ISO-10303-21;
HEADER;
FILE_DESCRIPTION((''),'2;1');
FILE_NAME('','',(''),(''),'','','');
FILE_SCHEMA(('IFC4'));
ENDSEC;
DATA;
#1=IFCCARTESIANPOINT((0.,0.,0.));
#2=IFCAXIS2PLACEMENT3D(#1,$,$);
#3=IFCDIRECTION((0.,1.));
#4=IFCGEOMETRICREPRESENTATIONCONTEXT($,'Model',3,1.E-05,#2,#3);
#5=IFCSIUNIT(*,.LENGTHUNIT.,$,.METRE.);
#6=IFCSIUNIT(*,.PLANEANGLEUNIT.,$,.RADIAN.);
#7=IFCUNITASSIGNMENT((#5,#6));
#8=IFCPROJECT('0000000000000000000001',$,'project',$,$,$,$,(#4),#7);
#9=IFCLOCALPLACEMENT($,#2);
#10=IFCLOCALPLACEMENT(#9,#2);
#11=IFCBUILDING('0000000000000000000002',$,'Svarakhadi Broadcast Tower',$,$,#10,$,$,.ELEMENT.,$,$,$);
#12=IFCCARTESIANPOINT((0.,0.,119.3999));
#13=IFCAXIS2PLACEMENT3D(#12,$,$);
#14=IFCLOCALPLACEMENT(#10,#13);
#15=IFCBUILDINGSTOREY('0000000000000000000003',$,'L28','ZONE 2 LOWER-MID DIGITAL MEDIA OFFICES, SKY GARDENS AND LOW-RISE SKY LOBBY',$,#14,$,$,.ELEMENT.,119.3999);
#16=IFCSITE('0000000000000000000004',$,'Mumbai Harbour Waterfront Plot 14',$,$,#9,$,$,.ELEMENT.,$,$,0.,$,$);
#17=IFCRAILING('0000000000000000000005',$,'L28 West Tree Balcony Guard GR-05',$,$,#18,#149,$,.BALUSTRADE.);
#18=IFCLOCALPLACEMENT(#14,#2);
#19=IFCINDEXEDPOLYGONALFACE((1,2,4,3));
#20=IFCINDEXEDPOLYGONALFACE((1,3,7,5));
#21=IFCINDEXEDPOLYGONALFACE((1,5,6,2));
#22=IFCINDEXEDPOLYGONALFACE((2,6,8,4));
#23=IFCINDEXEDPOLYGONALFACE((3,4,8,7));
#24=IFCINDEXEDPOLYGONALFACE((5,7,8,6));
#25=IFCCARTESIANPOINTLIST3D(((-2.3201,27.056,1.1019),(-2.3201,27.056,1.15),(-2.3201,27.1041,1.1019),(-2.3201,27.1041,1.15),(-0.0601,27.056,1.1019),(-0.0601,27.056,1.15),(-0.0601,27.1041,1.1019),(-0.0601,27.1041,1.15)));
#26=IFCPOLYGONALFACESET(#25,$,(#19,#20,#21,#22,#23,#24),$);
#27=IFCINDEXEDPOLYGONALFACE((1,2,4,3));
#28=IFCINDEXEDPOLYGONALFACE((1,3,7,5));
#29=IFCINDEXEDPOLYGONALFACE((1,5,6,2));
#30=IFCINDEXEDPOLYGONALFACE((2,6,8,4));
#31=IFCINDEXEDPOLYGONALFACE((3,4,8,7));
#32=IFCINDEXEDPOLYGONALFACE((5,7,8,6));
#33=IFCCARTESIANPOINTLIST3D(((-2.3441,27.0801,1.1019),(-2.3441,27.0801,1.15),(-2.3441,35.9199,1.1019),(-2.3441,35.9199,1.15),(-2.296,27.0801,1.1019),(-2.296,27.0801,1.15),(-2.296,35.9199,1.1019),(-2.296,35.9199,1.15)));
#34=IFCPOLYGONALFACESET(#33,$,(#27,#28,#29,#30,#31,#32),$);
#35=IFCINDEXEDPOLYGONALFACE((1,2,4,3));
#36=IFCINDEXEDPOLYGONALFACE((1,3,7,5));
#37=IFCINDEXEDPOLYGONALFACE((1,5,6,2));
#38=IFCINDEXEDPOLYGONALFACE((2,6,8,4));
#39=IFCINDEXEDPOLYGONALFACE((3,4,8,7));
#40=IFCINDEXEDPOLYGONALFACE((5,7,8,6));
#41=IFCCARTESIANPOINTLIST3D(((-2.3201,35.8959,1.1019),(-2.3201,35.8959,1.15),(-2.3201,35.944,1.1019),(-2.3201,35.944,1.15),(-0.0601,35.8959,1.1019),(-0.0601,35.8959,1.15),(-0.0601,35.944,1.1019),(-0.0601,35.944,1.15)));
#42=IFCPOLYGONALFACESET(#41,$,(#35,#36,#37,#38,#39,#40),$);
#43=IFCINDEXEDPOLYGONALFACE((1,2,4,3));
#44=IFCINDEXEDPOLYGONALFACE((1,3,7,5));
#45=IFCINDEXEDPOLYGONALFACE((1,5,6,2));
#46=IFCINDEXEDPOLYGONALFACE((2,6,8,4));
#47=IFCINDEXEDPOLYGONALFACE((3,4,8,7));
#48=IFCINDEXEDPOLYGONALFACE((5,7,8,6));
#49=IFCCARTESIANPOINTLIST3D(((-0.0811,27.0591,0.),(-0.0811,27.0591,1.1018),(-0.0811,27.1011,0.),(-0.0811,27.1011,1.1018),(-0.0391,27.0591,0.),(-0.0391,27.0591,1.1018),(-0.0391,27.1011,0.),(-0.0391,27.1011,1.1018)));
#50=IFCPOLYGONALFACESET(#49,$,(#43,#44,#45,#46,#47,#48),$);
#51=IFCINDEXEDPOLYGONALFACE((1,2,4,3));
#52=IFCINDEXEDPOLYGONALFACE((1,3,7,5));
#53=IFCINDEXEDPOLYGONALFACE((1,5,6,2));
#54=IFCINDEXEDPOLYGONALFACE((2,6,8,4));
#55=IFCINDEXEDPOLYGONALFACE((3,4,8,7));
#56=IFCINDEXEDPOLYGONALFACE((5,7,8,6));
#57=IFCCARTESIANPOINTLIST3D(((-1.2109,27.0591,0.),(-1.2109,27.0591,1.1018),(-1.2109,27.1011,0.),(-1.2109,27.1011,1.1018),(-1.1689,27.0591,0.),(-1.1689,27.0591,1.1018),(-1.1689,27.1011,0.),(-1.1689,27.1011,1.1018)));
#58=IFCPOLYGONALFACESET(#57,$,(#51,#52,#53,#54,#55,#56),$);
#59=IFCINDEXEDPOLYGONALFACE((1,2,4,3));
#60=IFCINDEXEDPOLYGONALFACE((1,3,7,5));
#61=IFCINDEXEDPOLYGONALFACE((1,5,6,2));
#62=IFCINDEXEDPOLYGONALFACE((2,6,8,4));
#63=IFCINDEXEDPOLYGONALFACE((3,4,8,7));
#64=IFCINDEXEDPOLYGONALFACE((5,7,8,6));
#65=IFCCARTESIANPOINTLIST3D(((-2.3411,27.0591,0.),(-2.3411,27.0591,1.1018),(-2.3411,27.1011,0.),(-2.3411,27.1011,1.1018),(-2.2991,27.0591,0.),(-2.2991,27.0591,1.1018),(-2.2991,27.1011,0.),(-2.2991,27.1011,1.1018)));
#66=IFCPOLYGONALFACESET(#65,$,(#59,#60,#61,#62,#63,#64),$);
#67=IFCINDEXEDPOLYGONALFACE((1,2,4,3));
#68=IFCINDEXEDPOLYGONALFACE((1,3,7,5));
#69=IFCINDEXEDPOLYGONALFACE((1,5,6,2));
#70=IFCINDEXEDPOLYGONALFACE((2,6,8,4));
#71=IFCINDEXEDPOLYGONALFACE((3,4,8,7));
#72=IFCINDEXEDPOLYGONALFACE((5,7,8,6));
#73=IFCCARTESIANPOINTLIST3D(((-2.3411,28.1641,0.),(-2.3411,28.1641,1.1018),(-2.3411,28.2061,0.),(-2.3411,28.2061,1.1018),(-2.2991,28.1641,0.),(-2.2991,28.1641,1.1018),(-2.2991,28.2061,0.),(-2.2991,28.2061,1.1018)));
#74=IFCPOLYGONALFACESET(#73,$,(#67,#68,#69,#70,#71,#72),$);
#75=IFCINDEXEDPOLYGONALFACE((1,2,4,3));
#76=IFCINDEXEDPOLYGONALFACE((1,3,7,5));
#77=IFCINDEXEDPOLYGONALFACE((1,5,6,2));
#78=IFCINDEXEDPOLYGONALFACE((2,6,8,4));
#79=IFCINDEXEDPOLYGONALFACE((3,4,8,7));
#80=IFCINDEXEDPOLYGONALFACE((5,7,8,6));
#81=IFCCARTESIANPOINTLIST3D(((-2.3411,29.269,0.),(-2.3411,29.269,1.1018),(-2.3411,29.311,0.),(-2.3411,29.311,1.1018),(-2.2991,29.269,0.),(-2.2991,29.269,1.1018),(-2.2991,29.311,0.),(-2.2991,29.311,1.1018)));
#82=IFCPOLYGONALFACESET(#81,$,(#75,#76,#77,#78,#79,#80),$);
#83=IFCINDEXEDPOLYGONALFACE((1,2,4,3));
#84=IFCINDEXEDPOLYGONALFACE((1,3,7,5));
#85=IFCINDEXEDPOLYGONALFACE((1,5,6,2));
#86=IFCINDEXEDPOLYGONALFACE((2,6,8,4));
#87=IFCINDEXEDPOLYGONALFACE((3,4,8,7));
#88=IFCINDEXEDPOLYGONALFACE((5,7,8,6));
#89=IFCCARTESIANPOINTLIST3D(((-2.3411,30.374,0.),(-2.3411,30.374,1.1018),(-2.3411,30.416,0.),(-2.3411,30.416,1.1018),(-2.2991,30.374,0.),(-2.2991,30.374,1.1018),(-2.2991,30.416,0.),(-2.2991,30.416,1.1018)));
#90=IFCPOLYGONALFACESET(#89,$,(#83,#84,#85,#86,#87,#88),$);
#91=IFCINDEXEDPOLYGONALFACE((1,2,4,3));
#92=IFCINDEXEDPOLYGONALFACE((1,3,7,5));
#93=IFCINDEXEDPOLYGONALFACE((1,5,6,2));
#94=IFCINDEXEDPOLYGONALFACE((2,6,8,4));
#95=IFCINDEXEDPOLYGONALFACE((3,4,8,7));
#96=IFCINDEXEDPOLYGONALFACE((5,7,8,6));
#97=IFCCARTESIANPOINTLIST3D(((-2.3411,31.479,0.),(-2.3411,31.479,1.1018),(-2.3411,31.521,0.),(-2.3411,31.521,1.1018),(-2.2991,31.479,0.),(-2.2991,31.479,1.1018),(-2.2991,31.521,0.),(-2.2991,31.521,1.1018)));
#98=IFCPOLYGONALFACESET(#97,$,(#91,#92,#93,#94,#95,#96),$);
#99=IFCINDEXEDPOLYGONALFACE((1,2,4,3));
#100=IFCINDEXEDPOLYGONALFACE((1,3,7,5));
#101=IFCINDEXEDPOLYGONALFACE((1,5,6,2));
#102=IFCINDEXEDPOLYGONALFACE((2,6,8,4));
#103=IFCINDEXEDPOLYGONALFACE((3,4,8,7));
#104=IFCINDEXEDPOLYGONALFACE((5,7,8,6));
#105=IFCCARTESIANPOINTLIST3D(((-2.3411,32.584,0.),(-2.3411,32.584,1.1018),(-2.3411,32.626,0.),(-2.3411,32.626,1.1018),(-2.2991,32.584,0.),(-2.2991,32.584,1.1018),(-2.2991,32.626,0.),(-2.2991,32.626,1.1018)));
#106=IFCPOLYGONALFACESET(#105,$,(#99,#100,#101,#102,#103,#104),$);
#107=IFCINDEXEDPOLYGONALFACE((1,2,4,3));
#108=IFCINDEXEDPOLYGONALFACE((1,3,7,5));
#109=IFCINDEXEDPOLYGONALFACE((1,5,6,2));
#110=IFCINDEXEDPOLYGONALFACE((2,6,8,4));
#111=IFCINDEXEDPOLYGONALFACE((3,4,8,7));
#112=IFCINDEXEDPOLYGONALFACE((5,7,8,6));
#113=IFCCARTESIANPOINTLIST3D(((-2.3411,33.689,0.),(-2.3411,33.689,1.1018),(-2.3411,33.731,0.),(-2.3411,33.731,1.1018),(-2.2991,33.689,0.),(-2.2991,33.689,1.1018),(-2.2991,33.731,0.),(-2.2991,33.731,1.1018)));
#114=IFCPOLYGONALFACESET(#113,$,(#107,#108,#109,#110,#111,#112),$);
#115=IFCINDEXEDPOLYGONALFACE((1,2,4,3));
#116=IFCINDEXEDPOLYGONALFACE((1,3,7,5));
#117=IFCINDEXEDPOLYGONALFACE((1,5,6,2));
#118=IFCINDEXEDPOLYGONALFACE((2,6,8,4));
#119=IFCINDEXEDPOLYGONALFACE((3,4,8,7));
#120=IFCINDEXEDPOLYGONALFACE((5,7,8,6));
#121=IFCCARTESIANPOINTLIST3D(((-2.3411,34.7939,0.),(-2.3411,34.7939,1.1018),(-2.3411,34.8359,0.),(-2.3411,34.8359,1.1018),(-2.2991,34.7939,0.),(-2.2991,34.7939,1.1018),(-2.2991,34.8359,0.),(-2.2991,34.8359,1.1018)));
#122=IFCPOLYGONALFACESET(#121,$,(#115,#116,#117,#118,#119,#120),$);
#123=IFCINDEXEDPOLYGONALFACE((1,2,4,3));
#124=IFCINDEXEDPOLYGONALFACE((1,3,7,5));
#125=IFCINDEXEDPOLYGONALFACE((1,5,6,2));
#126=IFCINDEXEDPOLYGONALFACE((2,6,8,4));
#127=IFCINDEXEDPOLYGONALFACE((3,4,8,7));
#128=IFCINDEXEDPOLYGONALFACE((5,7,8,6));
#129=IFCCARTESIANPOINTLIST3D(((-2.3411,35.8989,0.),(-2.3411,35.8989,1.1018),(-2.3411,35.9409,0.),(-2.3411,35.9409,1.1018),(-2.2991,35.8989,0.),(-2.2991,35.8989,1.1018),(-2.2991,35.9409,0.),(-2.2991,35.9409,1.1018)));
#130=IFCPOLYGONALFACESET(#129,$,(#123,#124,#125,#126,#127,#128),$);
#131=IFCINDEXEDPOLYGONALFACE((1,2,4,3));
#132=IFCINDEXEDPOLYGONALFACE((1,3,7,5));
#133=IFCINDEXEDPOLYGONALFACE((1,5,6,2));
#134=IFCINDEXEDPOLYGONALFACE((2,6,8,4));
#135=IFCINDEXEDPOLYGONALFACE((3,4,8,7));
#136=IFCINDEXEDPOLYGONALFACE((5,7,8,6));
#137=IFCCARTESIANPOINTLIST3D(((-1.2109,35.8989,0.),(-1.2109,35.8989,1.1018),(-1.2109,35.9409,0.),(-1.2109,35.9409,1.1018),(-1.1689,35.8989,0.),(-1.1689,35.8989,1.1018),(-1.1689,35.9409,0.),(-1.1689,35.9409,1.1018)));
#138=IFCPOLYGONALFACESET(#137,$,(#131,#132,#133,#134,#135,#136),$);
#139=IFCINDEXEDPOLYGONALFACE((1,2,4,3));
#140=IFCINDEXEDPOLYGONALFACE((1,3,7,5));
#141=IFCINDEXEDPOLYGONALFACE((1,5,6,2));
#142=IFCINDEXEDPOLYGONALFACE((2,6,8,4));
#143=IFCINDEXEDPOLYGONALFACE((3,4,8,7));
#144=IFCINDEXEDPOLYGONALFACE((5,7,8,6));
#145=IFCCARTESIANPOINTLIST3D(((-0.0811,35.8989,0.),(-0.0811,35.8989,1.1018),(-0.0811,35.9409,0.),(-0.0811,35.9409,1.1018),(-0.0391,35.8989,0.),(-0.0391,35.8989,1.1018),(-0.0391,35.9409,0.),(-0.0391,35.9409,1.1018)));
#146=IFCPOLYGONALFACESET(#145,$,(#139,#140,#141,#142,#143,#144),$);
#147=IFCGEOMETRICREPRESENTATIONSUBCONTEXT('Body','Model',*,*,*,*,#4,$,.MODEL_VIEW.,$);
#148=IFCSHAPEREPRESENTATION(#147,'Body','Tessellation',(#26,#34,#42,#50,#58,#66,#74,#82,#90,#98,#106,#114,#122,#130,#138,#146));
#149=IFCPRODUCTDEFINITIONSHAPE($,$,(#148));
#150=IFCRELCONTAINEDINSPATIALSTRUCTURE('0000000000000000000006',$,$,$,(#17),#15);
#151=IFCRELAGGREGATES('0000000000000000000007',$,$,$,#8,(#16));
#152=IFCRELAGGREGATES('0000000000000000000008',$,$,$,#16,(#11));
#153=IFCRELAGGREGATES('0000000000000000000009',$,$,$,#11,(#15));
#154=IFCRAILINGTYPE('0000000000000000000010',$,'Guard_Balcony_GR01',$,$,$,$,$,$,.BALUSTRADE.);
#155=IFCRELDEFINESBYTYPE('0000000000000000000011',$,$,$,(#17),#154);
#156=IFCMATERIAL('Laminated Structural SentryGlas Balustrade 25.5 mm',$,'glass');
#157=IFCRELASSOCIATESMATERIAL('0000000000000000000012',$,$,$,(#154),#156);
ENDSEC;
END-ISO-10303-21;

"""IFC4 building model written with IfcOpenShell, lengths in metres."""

from ifc_helpers import new_model, si_unit, direction, frame, origin, origin_2d, place, context, subcontext, project, spatial, rectangle, extrude, material, type_object, element, save


model = new_model("IFC4")

# Units and contexts
model_context = context("Model", 3, precision=1e-05, world=origin(), true_north=direction((0.0, 1.0)))
body_context = subcontext(model_context, "Body", "Model", "MODEL_VIEW")
ifc_project = project(units=[si_unit("LENGTHUNIT", "METRE"), si_unit("PLANEANGLEUNIT", "RADIAN")], contexts=[model_context])

# Site, building, storey
site_placement = place(None, origin())
site = spatial("IfcSite", under=ifc_project, at=site_placement, Name="Mumbai Harbour Waterfront Plot 14", CompositionType="ELEMENT", RefElevation=0.0)
building_placement = place(site_placement, origin())
building = spatial("IfcBuilding", under=site, at=building_placement, Name="Svarakhadi Broadcast Tower", CompositionType="ELEMENT")
storey_placement = place(building_placement, frame((0.0, 0.0, 119.3999)))
storey = spatial("IfcBuildingStorey", under=building, at=storey_placement, Name="L28", Description="ZONE 2 LOWER-MID DIGITAL MEDIA OFFICES, SKY GARDENS AND LOW-RISE SKY LOBBY", CompositionType="ELEMENT", Elevation=119.3999)

# Railing
ifc_material_1 = material(Name="Laminated Structural SentryGlas Balustrade 25.5 mm", Category="glass")
railing_type = type_object("IfcRailingType", Name="Guard_Balcony_GR01", PredefinedType="BALUSTRADE", material=ifc_material_1)
railing_placement = place(storey_placement, frame((-0.0601, 27.0801, 0.0)))
element("IfcRailing", 1, at=railing_placement, inside=storey, type_object=railing_type, Name="L28 West Tree Balcony Guard GR-05", PredefinedType="BALUSTRADE", context=body_context, shape_type="SweptSolid", body=[
    extrude(rectangle(XDim=0.0481, YDim=0.0481, at=origin_2d()), frame((0.0, 0.0, 1.126), z_axis=(-1.0, 0.0, 0.0), x_axis=(0.0, -1.0, 0.0)), (0.0, 0.0, 1.0), 2.26),
    extrude(rectangle(XDim=0.0481, YDim=0.0481, at=origin_2d()), frame((-2.26, 0.0, 1.126), z_axis=(0.0, 1.0, 0.0), x_axis=(-1.0, 0.0, 0.0)), (0.0, 0.0, 1.0), 8.8398),
    extrude(rectangle(XDim=0.0481, YDim=0.0481, at=origin_2d()), frame((-2.26, 8.8398, 1.126), z_axis=(1.0, 0.0, 0.0), x_axis=(0.0, 1.0, 0.0)), (0.0, 0.0, 1.0), 2.26),
    extrude(rectangle(XDim=0.042, YDim=0.042, at=origin_2d()), origin(), (0.0, 0.0, 1.0), 1.1018),
    extrude(rectangle(XDim=0.042, YDim=0.042, at=origin_2d()), frame((-1.1299, 0.0, 0.0)), (0.0, 0.0, 1.0), 1.1018),
    extrude(rectangle(XDim=0.042, YDim=0.042, at=origin_2d()), frame((-2.26, 0.0, 0.0)), (0.0, 0.0, 1.0), 1.1018),
    extrude(rectangle(XDim=0.042, YDim=0.042, at=origin_2d()), frame((-2.26, 1.105, 0.0)), (0.0, 0.0, 1.0), 1.1018),
    extrude(rectangle(XDim=0.042, YDim=0.042, at=origin_2d()), frame((-2.26, 2.21, 0.0)), (0.0, 0.0, 1.0), 1.1018),
    extrude(rectangle(XDim=0.042, YDim=0.042, at=origin_2d()), frame((-2.26, 3.3149, 0.0)), (0.0, 0.0, 1.0), 1.1018),
    extrude(rectangle(XDim=0.042, YDim=0.042, at=origin_2d()), frame((-2.26, 4.4199, 0.0)), (0.0, 0.0, 1.0), 1.1018),
    extrude(rectangle(XDim=0.042, YDim=0.042, at=origin_2d()), frame((-2.26, 5.5249, 0.0)), (0.0, 0.0, 1.0), 1.1018),
    extrude(rectangle(XDim=0.042, YDim=0.042, at=origin_2d()), frame((-2.26, 6.6299, 0.0)), (0.0, 0.0, 1.0), 1.1018),
    extrude(rectangle(XDim=0.042, YDim=0.042, at=origin_2d()), frame((-2.26, 7.7349, 0.0)), (0.0, 0.0, 1.0), 1.1018),
    extrude(rectangle(XDim=0.042, YDim=0.042, at=origin_2d()), frame((-2.26, 8.8398, 0.0)), (0.0, 0.0, 1.0), 1.1018),
    extrude(rectangle(XDim=0.042, YDim=0.042, at=origin_2d()), frame((-1.1299, 8.8398, 0.0)), (0.0, 0.0, 1.0), 1.1018),
    extrude(rectangle(XDim=0.042, YDim=0.042, at=origin_2d()), frame((0.0, 8.8398, 0.0)), (0.0, 0.0, 1.0), 1.1018),
])

save(model, "model.ifc")
